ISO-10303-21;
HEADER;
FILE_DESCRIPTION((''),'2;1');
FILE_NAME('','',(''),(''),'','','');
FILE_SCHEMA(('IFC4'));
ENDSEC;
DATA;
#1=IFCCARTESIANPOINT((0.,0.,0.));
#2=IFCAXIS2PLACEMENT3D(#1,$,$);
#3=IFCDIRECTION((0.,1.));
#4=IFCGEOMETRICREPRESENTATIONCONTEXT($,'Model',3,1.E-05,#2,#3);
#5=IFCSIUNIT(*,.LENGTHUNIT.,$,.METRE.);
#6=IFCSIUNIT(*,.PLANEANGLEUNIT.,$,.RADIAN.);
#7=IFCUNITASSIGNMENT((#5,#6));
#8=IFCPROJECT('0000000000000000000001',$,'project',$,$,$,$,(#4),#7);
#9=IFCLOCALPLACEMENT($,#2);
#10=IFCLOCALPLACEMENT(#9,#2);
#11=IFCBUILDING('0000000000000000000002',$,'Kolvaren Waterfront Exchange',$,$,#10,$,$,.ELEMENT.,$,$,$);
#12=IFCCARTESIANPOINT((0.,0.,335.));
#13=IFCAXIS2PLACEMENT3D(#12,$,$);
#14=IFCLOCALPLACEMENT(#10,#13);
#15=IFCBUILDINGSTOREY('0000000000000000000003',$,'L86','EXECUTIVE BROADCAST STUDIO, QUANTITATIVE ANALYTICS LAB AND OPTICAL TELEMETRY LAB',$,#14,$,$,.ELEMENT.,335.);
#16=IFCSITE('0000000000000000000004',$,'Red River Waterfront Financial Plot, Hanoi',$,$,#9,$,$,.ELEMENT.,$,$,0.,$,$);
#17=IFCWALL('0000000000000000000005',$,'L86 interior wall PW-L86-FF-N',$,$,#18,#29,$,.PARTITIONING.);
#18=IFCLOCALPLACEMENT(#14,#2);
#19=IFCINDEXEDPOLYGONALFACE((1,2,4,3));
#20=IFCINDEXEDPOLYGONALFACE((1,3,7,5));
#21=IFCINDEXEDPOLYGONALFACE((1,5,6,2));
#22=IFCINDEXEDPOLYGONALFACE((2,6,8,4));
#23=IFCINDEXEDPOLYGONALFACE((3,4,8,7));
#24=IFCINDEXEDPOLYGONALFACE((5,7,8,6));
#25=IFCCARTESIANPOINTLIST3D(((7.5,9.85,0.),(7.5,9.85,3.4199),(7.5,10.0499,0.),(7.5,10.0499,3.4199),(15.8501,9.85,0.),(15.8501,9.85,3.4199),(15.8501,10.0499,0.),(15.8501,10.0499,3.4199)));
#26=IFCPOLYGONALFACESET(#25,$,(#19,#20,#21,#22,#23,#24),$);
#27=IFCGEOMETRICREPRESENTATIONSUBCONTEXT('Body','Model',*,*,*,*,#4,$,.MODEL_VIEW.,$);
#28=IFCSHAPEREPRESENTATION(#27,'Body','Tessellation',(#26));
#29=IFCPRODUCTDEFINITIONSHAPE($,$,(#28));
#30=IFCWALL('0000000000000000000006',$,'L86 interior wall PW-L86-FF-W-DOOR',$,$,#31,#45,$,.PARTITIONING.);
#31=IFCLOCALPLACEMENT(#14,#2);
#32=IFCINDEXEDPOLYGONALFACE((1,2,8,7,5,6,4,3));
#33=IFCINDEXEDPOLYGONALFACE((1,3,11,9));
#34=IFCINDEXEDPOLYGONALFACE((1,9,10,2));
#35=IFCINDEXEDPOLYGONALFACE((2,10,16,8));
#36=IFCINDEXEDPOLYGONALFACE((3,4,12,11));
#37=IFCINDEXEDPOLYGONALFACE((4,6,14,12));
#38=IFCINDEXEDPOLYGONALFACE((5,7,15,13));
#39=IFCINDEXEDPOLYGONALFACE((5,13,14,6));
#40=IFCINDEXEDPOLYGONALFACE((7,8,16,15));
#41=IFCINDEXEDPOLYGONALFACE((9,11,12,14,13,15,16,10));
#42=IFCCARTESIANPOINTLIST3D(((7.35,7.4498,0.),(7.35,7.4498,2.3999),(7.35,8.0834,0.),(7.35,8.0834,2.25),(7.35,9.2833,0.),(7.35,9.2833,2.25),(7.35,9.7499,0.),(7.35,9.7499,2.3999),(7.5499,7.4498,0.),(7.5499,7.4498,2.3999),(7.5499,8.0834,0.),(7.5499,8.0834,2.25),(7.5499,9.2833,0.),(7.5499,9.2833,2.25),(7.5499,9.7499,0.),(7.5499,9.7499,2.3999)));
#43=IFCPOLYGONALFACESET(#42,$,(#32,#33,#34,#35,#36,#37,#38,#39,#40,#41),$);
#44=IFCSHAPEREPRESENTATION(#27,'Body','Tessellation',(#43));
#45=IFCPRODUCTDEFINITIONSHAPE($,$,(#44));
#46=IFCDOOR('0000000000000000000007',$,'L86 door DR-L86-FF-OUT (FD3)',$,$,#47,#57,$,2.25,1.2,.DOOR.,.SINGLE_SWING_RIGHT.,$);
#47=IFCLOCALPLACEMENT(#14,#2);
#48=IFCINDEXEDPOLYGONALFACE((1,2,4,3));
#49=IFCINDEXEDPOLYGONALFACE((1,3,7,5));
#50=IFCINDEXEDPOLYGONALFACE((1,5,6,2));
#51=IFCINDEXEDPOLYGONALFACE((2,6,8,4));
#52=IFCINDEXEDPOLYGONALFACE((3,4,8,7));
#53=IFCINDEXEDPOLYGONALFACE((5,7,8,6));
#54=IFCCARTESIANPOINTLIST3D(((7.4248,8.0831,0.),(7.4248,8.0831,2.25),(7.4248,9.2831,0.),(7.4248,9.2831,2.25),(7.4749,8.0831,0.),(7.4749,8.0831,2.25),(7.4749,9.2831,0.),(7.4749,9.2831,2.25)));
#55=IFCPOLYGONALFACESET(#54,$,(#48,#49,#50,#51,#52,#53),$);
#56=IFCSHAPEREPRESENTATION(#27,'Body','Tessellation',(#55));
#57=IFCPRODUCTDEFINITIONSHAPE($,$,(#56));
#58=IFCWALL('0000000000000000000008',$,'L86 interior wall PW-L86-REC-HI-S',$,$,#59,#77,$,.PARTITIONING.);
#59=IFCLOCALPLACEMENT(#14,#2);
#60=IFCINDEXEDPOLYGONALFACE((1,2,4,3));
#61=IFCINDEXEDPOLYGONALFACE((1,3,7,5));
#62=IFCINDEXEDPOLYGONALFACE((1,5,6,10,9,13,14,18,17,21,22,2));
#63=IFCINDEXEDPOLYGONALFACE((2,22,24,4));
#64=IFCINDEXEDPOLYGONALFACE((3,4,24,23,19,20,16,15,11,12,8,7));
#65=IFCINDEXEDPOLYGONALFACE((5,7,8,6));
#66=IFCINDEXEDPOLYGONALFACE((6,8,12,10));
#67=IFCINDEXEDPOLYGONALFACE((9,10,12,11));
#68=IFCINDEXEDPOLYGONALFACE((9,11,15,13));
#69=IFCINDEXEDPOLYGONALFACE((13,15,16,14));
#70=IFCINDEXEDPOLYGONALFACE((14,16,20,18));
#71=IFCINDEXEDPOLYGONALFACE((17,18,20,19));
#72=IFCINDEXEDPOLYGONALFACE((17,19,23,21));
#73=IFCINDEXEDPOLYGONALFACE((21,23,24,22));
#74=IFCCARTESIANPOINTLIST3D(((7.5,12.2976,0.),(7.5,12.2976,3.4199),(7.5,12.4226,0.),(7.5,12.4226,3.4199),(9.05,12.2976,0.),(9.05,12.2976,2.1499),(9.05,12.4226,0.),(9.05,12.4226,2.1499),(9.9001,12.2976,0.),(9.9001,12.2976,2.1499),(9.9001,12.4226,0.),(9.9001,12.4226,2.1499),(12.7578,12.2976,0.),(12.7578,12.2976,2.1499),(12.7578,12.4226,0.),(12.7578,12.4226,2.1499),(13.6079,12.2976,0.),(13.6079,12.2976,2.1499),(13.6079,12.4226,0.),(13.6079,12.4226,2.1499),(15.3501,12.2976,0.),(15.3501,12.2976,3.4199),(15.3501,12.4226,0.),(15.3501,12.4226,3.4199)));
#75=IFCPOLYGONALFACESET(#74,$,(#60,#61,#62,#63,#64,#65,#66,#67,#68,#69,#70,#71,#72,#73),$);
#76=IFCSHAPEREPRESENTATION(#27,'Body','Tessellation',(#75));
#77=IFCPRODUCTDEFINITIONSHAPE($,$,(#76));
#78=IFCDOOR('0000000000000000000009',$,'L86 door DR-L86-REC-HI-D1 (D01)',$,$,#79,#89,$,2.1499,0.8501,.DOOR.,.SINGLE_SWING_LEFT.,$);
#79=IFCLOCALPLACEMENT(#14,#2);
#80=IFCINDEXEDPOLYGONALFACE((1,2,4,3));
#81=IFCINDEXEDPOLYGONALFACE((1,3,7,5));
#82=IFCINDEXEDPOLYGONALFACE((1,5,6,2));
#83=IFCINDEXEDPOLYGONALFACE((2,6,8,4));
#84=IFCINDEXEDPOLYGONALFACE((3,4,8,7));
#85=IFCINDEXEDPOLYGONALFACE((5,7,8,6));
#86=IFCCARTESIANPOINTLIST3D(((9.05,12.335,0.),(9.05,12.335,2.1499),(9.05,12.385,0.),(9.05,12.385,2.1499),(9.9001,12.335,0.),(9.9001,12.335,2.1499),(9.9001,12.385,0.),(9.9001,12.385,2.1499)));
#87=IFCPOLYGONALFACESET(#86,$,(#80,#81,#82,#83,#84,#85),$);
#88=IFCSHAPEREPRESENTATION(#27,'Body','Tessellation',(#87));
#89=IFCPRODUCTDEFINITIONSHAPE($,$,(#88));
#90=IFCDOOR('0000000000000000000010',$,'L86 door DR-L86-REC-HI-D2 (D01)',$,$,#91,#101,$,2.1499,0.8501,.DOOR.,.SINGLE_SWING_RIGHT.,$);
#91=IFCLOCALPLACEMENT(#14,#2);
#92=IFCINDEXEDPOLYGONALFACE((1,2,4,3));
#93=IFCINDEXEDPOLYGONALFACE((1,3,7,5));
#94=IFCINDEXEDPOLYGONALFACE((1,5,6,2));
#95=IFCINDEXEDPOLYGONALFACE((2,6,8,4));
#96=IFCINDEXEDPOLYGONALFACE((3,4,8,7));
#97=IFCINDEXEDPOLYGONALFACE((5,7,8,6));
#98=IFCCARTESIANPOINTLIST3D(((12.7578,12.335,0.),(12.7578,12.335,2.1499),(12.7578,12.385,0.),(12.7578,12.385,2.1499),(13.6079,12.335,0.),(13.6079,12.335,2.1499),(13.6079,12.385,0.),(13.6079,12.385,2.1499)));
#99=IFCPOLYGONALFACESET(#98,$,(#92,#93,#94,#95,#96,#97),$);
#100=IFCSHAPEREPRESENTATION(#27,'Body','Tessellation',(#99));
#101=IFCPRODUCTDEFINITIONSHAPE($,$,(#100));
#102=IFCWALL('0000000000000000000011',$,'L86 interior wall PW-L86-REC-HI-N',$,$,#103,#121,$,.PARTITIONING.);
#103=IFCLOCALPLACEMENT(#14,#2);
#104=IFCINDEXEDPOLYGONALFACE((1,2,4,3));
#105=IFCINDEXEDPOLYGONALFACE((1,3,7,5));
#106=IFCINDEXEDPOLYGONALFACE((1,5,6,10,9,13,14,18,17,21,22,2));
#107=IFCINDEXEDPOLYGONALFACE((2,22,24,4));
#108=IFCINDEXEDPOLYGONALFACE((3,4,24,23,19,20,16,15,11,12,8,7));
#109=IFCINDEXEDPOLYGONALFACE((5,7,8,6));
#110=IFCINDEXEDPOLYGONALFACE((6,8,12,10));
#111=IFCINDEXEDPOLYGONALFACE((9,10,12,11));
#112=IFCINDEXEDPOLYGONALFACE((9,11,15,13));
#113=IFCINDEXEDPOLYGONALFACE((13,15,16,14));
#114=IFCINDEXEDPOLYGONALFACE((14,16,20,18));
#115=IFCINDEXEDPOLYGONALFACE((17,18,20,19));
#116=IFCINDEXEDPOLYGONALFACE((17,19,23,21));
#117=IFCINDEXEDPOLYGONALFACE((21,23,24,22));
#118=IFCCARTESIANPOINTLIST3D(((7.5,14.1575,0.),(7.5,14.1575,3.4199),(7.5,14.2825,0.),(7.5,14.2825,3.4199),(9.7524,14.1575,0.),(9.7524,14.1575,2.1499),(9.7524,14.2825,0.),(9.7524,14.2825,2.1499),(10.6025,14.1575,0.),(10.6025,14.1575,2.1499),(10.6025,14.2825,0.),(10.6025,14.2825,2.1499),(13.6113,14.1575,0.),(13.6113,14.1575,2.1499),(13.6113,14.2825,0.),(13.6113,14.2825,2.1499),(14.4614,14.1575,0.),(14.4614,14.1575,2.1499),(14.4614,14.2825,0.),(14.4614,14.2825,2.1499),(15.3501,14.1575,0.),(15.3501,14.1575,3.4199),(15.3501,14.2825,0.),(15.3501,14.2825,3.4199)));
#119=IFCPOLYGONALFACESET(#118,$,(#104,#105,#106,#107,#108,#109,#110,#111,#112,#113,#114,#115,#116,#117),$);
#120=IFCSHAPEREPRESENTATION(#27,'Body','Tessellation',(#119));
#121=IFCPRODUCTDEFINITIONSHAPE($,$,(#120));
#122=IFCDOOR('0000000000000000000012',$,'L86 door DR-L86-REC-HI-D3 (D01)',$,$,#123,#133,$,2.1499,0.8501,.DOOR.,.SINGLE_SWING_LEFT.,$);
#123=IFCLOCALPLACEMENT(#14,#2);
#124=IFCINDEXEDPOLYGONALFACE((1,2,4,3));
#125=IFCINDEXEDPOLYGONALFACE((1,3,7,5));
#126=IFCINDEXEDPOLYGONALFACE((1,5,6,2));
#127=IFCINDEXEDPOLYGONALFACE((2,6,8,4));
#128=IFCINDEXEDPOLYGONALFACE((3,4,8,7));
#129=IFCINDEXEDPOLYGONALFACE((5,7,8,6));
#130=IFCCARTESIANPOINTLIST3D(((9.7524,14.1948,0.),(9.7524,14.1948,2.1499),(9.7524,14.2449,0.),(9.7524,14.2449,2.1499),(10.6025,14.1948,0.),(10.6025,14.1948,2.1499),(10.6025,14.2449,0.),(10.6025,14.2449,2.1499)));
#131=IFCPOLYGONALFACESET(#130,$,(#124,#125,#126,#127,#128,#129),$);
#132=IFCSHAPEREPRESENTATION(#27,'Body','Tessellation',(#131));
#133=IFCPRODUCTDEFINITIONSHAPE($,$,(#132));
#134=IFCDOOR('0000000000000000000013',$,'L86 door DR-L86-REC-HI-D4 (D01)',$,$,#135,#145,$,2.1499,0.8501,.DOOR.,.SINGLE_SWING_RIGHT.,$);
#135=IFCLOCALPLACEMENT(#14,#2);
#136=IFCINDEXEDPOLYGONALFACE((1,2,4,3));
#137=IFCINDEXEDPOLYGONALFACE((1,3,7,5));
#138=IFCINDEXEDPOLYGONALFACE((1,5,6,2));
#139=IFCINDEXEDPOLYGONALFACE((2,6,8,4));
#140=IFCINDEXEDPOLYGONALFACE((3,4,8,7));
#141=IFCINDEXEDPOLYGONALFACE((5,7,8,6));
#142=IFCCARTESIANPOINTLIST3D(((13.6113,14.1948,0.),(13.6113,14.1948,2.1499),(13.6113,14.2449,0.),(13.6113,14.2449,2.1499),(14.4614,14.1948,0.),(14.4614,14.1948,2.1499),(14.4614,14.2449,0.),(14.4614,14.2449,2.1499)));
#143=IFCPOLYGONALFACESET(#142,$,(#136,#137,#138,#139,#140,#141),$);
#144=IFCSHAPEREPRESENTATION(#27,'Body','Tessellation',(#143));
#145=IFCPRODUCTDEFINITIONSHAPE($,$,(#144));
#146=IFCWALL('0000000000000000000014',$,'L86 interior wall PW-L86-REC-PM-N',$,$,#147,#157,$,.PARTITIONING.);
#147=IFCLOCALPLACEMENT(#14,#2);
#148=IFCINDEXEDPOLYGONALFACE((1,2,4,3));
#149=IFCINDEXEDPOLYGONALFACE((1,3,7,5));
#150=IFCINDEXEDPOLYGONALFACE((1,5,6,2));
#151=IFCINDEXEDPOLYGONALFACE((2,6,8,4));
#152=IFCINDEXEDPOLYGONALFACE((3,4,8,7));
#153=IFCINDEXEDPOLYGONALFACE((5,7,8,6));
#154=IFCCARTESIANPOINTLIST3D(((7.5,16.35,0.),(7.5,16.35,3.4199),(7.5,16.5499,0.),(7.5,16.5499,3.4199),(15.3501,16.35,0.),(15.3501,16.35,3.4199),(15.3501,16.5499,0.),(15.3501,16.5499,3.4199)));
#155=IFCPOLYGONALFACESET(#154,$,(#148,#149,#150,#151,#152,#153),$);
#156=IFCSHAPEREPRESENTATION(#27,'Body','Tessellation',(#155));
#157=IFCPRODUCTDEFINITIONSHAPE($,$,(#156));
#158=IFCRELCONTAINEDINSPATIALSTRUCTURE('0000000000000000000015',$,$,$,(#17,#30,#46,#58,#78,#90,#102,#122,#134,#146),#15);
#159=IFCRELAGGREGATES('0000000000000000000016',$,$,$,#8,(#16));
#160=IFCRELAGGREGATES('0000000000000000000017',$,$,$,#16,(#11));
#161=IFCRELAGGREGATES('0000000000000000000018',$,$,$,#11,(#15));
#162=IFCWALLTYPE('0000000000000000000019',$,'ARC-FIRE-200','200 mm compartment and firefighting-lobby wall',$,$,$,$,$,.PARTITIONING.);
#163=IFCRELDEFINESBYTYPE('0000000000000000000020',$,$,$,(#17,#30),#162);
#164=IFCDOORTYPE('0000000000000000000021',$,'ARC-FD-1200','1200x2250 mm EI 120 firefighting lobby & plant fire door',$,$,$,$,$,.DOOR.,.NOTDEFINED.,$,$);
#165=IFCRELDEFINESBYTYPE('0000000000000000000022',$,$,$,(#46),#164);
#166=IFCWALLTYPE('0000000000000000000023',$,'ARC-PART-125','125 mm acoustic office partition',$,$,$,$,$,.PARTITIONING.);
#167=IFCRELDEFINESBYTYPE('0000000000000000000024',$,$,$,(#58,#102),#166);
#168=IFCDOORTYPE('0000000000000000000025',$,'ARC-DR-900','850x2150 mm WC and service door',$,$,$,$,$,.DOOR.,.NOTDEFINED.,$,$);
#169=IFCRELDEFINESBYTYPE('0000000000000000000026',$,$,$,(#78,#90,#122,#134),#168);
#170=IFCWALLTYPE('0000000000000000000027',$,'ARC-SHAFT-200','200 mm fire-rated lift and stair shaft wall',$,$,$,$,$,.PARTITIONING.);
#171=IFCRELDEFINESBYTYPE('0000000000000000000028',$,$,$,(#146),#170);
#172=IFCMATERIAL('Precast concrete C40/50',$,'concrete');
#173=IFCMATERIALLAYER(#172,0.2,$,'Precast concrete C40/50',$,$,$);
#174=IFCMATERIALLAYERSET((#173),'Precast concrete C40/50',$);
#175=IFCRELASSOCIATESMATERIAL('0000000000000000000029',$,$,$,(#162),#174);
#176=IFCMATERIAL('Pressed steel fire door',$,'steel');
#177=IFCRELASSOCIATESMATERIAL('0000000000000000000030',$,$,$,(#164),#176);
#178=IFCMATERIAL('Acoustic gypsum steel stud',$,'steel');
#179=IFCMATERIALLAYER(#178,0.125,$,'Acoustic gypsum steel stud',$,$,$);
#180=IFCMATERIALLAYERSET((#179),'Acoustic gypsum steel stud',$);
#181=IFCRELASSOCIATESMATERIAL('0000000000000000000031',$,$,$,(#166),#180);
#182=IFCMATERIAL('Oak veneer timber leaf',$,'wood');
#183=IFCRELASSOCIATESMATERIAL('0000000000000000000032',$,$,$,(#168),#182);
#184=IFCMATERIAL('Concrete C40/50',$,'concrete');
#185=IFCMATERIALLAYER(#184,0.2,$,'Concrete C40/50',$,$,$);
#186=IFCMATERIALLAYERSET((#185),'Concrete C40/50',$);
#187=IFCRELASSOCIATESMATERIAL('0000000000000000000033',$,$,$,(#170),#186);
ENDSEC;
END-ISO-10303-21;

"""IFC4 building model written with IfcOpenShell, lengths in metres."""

from ifc_helpers import new_model, si_unit, direction, frame, frame_2d, origin, place, context, subcontext, project, spatial, rectangle, extrude, material, layer, layer_set, type_object, element, fill, save


model = new_model("IFC4")

# Units and contexts
model_context = context("Model", 3, precision=1e-05, world=origin(), true_north=direction((0.0, 1.0)))
body_context = subcontext(model_context, "Body", "Model", "MODEL_VIEW")
ifc_project = project(units=[si_unit("LENGTHUNIT", "METRE"), si_unit("PLANEANGLEUNIT", "RADIAN")], contexts=[model_context])

# Site, building, storey
site_placement = place(None, origin())
site = spatial("IfcSite", under=ifc_project, at=site_placement, Name="Red River Waterfront Financial Plot, Hanoi", CompositionType="ELEMENT", RefElevation=0.0)
building_placement = place(site_placement, origin())
building = spatial("IfcBuilding", under=site, at=building_placement, Name="Kolvaren Waterfront Exchange", CompositionType="ELEMENT")
storey_placement = place(building_placement, frame((0.0, 0.0, 335.0)))
storey = spatial("IfcBuildingStorey", under=building, at=storey_placement, Name="L86", Description="EXECUTIVE BROADCAST STUDIO, QUANTITATIVE ANALYTICS LAB AND OPTICAL TELEMETRY LAB", CompositionType="ELEMENT", Elevation=335.0)

# Wall
ifc_material_1 = material(Name="Precast concrete C40/50", Category="concrete")
ifc_layer_1 = layer(ifc_material_1, 0.2, Name="Precast concrete C40/50")
ifc_layer_set_1 = layer_set([ifc_layer_1], Name="Precast concrete C40/50")
wall_type_1 = type_object("IfcWallType", Name="ARC-FIRE-200", Description="200 mm compartment and firefighting-lobby wall", PredefinedType="PARTITIONING", material=ifc_layer_set_1)
wall_1_placement = place(storey_placement, frame((7.5, 9.95, 0.0), z_axis=(0.0, 0.0, 1.0), x_axis=(1.0, 0.0, 0.0)))
element("IfcWall", 1, at=wall_1_placement, inside=storey, type_object=wall_type_1, Name="L86 interior wall PW-L86-FF-N", PredefinedType="PARTITIONING", context=body_context, shape_type="SweptSolid", body=[
    extrude(rectangle(XDim=8.3501, YDim=0.2, at=frame_2d((4.175, 0.0))), origin(), (0.0, 0.0, 1.0), 3.4199),
])

# Wall, opening, door
wall_2_placement = place(storey_placement, frame((7.45, 7.45, 0.0), z_axis=(0.0, 0.0, 1.0), x_axis=(0.0, 1.0, 0.0)))
wall_2 = element("IfcWall", 2, at=wall_2_placement, inside=storey, type_object=wall_type_1, Name="L86 interior wall PW-L86-FF-W-DOOR", PredefinedType="PARTITIONING", context=body_context, shape_type="SweptSolid", body=[
    extrude(rectangle(XDim=2.3, YDim=0.2, at=frame_2d((1.1499, 0.0))), origin(), (0.0, 0.0, 1.0), 2.3999),
])
opening_1_placement = place(wall_2_placement, frame((0.6333, 0.0, 0.0)))
opening_1 = element("IfcOpeningElement", 3, at=opening_1_placement, cuts=wall_2, PredefinedType="OPENING", context=body_context, shape_type="SweptSolid", body=[
    extrude(rectangle(XDim=1.2, YDim=2.25, at=frame_2d((0.6001, 1.125))), frame((0.0, 0.1099, 0.0), z_axis=(0.0, -1.0, 0.0), x_axis=(1.0, 0.0, 0.0)), (0.0, 0.0, 1.0), 0.22),
])
ifc_material_2 = material(Name="Pressed steel fire door", Category="steel")
door_type_1 = type_object("IfcDoorType", Name="ARC-FD-1200", Description="1200x2250 mm EI 120 firefighting lobby & plant fire door", OperationType="NOTDEFINED", PredefinedType="DOOR", material=ifc_material_2)
door_1_placement = place(opening_1_placement, frame((1.2, 0.0, 0.0), z_axis=(0.0, 0.0, 1.0), x_axis=(-1.0, 0.0, 0.0)))
door_1 = element("IfcDoor", 4, at=door_1_placement, inside=storey, type_object=door_type_1, Name="L86 door DR-L86-FF-OUT (FD3)", OperationType="SINGLE_SWING_RIGHT", OverallHeight=2.25, OverallWidth=1.2, PredefinedType="DOOR", context=body_context, shape_type="SweptSolid", body=[
    extrude(rectangle(XDim=1.2, YDim=2.25, at=frame_2d((0.6001, 1.125))), frame((0.0, 0.0249, 0.0), z_axis=(0.0, -1.0, 0.0), x_axis=(1.0, 0.0, 0.0)), (0.0, 0.0, 1.0), 0.05),
])
fill(opening_1, door_1)

# Walls, openings, doors
ifc_material_3 = material(Name="Acoustic gypsum steel stud", Category="steel")
ifc_layer_2 = layer(ifc_material_3, 0.125, Name="Acoustic gypsum steel stud")
ifc_layer_set_2 = layer_set([ifc_layer_2], Name="Acoustic gypsum steel stud")
wall_type_2 = type_object("IfcWallType", Name="ARC-PART-125", Description="125 mm acoustic office partition", PredefinedType="PARTITIONING", material=ifc_layer_set_2)
wall_3_placement = place(storey_placement, frame((7.5, 12.3601, 0.0), z_axis=(0.0, 0.0, 1.0), x_axis=(1.0, 0.0, 0.0)))
wall_3 = element("IfcWall", 5, at=wall_3_placement, inside=storey, type_object=wall_type_2, Name="L86 interior wall PW-L86-REC-HI-S", PredefinedType="PARTITIONING", context=body_context, shape_type="SweptSolid", body=[
    extrude(rectangle(XDim=7.8501, YDim=0.125, at=frame_2d((3.925, 0.0))), origin(), (0.0, 0.0, 1.0), 3.4199),
])
opening_2_placement = place(wall_3_placement, frame((1.55, 0.0, 0.0)))
opening_2 = element("IfcOpeningElement", 6, at=opening_2_placement, cuts=wall_3, PredefinedType="OPENING", context=body_context, shape_type="SweptSolid", body=[
    extrude(rectangle(XDim=0.8501, YDim=2.1499, at=frame_2d((0.425, 1.075))), frame((0.0, 0.0725, 0.0), z_axis=(0.0, -1.0, 0.0), x_axis=(1.0, 0.0, 0.0)), (0.0, 0.0, 1.0), 0.145),
])
opening_3_placement = place(wall_3_placement, frame((5.2578, 0.0, 0.0)))
opening_3 = element("IfcOpeningElement", 7, at=opening_3_placement, cuts=wall_3, PredefinedType="OPENING", context=body_context, shape_type="SweptSolid", body=[
    extrude(rectangle(XDim=0.8501, YDim=2.1499, at=frame_2d((0.425, 1.075))), frame((0.0, 0.0725, 0.0), z_axis=(0.0, -1.0, 0.0), x_axis=(1.0, 0.0, 0.0)), (0.0, 0.0, 1.0), 0.145),
])
ifc_material_4 = material(Name="Oak veneer timber leaf", Category="wood")
door_type_2 = type_object("IfcDoorType", Name="ARC-DR-900", Description="850x2150 mm WC and service door", OperationType="NOTDEFINED", PredefinedType="DOOR", material=ifc_material_4)
door_2_placement = place(opening_2_placement, origin())
door_2 = element("IfcDoor", 8, at=door_2_placement, inside=storey, type_object=door_type_2, Name="L86 door DR-L86-REC-HI-D1 (D01)", OperationType="SINGLE_SWING_LEFT", OverallHeight=2.1499, OverallWidth=0.8501, PredefinedType="DOOR", context=body_context, shape_type="SweptSolid", body=[
    extrude(rectangle(XDim=0.8501, YDim=2.1499, at=frame_2d((0.425, 1.075))), frame((0.0, 0.0249, 0.0), z_axis=(0.0, -1.0, 0.0), x_axis=(1.0, 0.0, 0.0)), (0.0, 0.0, 1.0), 0.05),
])
fill(opening_2, door_2)
door_3_placement = place(opening_3_placement, origin())
door_3 = element("IfcDoor", 9, at=door_3_placement, inside=storey, type_object=door_type_2, Name="L86 door DR-L86-REC-HI-D2 (D01)", OperationType="SINGLE_SWING_RIGHT", OverallHeight=2.1499, OverallWidth=0.8501, PredefinedType="DOOR", context=body_context, shape_type="SweptSolid", body=[
    extrude(rectangle(XDim=0.8501, YDim=2.1499, at=frame_2d((0.425, 1.075))), frame((0.0, 0.0249, 0.0), z_axis=(0.0, -1.0, 0.0), x_axis=(1.0, 0.0, 0.0)), (0.0, 0.0, 1.0), 0.05),
])
fill(opening_3, door_3)
wall_4_placement = place(storey_placement, frame((7.5, 14.22, 0.0), z_axis=(0.0, 0.0, 1.0), x_axis=(1.0, 0.0, 0.0)))
wall_4 = element("IfcWall", 10, at=wall_4_placement, inside=storey, type_object=wall_type_2, Name="L86 interior wall PW-L86-REC-HI-N", PredefinedType="PARTITIONING", context=body_context, shape_type="SweptSolid", body=[
    extrude(rectangle(XDim=7.8501, YDim=0.125, at=frame_2d((3.925, 0.0))), origin(), (0.0, 0.0, 1.0), 3.4199),
])
opening_4_placement = place(wall_4_placement, frame((2.2524, 0.0, 0.0)))
opening_4 = element("IfcOpeningElement", 11, at=opening_4_placement, cuts=wall_4, PredefinedType="OPENING", context=body_context, shape_type="SweptSolid", body=[
    extrude(rectangle(XDim=0.8501, YDim=2.1499, at=frame_2d((0.425, 1.075))), frame((0.0, 0.0725, 0.0), z_axis=(0.0, -1.0, 0.0), x_axis=(1.0, 0.0, 0.0)), (0.0, 0.0, 1.0), 0.145),
])
opening_5_placement = place(wall_4_placement, frame((6.1113, 0.0, 0.0)))
opening_5 = element("IfcOpeningElement", 12, at=opening_5_placement, cuts=wall_4, PredefinedType="OPENING", context=body_context, shape_type="SweptSolid", body=[
    extrude(rectangle(XDim=0.8501, YDim=2.1499, at=frame_2d((0.425, 1.075))), frame((0.0, 0.0725, 0.0), z_axis=(0.0, -1.0, 0.0), x_axis=(1.0, 0.0, 0.0)), (0.0, 0.0, 1.0), 0.145),
])
door_4_placement = place(opening_4_placement, origin())
door_4 = element("IfcDoor", 13, at=door_4_placement, inside=storey, type_object=door_type_2, Name="L86 door DR-L86-REC-HI-D3 (D01)", OperationType="SINGLE_SWING_LEFT", OverallHeight=2.1499, OverallWidth=0.8501, PredefinedType="DOOR", context=body_context, shape_type="SweptSolid", body=[
    extrude(rectangle(XDim=0.8501, YDim=2.1499, at=frame_2d((0.425, 1.075))), frame((0.0, 0.0249, 0.0), z_axis=(0.0, -1.0, 0.0), x_axis=(1.0, 0.0, 0.0)), (0.0, 0.0, 1.0), 0.05),
])
fill(opening_4, door_4)
door_5_placement = place(opening_5_placement, origin())
door_5 = element("IfcDoor", 14, at=door_5_placement, inside=storey, type_object=door_type_2, Name="L86 door DR-L86-REC-HI-D4 (D01)", OperationType="SINGLE_SWING_RIGHT", OverallHeight=2.1499, OverallWidth=0.8501, PredefinedType="DOOR", context=body_context, shape_type="SweptSolid", body=[
    extrude(rectangle(XDim=0.8501, YDim=2.1499, at=frame_2d((0.425, 1.075))), frame((0.0, 0.0249, 0.0), z_axis=(0.0, -1.0, 0.0), x_axis=(1.0, 0.0, 0.0)), (0.0, 0.0, 1.0), 0.05),
])
fill(opening_5, door_5)

# Wall
ifc_material_5 = material(Name="Concrete C40/50", Category="concrete")
ifc_layer_3 = layer(ifc_material_5, 0.2, Name="Concrete C40/50")
ifc_layer_set_3 = layer_set([ifc_layer_3], Name="Concrete C40/50")
wall_type_3 = type_object("IfcWallType", Name="ARC-SHAFT-200", Description="200 mm fire-rated lift and stair shaft wall", PredefinedType="PARTITIONING", material=ifc_layer_set_3)
wall_5_placement = place(storey_placement, frame((7.5, 16.45, 0.0), z_axis=(0.0, 0.0, 1.0), x_axis=(1.0, 0.0, 0.0)))
element("IfcWall", 15, at=wall_5_placement, inside=storey, type_object=wall_type_3, Name="L86 interior wall PW-L86-REC-PM-N", PredefinedType="PARTITIONING", context=body_context, shape_type="SweptSolid", body=[
    extrude(rectangle(XDim=7.8501, YDim=0.2, at=frame_2d((3.925, 0.0))), origin(), (0.0, 0.0, 1.0), 3.4199),
])

save(model, "model.ifc")
